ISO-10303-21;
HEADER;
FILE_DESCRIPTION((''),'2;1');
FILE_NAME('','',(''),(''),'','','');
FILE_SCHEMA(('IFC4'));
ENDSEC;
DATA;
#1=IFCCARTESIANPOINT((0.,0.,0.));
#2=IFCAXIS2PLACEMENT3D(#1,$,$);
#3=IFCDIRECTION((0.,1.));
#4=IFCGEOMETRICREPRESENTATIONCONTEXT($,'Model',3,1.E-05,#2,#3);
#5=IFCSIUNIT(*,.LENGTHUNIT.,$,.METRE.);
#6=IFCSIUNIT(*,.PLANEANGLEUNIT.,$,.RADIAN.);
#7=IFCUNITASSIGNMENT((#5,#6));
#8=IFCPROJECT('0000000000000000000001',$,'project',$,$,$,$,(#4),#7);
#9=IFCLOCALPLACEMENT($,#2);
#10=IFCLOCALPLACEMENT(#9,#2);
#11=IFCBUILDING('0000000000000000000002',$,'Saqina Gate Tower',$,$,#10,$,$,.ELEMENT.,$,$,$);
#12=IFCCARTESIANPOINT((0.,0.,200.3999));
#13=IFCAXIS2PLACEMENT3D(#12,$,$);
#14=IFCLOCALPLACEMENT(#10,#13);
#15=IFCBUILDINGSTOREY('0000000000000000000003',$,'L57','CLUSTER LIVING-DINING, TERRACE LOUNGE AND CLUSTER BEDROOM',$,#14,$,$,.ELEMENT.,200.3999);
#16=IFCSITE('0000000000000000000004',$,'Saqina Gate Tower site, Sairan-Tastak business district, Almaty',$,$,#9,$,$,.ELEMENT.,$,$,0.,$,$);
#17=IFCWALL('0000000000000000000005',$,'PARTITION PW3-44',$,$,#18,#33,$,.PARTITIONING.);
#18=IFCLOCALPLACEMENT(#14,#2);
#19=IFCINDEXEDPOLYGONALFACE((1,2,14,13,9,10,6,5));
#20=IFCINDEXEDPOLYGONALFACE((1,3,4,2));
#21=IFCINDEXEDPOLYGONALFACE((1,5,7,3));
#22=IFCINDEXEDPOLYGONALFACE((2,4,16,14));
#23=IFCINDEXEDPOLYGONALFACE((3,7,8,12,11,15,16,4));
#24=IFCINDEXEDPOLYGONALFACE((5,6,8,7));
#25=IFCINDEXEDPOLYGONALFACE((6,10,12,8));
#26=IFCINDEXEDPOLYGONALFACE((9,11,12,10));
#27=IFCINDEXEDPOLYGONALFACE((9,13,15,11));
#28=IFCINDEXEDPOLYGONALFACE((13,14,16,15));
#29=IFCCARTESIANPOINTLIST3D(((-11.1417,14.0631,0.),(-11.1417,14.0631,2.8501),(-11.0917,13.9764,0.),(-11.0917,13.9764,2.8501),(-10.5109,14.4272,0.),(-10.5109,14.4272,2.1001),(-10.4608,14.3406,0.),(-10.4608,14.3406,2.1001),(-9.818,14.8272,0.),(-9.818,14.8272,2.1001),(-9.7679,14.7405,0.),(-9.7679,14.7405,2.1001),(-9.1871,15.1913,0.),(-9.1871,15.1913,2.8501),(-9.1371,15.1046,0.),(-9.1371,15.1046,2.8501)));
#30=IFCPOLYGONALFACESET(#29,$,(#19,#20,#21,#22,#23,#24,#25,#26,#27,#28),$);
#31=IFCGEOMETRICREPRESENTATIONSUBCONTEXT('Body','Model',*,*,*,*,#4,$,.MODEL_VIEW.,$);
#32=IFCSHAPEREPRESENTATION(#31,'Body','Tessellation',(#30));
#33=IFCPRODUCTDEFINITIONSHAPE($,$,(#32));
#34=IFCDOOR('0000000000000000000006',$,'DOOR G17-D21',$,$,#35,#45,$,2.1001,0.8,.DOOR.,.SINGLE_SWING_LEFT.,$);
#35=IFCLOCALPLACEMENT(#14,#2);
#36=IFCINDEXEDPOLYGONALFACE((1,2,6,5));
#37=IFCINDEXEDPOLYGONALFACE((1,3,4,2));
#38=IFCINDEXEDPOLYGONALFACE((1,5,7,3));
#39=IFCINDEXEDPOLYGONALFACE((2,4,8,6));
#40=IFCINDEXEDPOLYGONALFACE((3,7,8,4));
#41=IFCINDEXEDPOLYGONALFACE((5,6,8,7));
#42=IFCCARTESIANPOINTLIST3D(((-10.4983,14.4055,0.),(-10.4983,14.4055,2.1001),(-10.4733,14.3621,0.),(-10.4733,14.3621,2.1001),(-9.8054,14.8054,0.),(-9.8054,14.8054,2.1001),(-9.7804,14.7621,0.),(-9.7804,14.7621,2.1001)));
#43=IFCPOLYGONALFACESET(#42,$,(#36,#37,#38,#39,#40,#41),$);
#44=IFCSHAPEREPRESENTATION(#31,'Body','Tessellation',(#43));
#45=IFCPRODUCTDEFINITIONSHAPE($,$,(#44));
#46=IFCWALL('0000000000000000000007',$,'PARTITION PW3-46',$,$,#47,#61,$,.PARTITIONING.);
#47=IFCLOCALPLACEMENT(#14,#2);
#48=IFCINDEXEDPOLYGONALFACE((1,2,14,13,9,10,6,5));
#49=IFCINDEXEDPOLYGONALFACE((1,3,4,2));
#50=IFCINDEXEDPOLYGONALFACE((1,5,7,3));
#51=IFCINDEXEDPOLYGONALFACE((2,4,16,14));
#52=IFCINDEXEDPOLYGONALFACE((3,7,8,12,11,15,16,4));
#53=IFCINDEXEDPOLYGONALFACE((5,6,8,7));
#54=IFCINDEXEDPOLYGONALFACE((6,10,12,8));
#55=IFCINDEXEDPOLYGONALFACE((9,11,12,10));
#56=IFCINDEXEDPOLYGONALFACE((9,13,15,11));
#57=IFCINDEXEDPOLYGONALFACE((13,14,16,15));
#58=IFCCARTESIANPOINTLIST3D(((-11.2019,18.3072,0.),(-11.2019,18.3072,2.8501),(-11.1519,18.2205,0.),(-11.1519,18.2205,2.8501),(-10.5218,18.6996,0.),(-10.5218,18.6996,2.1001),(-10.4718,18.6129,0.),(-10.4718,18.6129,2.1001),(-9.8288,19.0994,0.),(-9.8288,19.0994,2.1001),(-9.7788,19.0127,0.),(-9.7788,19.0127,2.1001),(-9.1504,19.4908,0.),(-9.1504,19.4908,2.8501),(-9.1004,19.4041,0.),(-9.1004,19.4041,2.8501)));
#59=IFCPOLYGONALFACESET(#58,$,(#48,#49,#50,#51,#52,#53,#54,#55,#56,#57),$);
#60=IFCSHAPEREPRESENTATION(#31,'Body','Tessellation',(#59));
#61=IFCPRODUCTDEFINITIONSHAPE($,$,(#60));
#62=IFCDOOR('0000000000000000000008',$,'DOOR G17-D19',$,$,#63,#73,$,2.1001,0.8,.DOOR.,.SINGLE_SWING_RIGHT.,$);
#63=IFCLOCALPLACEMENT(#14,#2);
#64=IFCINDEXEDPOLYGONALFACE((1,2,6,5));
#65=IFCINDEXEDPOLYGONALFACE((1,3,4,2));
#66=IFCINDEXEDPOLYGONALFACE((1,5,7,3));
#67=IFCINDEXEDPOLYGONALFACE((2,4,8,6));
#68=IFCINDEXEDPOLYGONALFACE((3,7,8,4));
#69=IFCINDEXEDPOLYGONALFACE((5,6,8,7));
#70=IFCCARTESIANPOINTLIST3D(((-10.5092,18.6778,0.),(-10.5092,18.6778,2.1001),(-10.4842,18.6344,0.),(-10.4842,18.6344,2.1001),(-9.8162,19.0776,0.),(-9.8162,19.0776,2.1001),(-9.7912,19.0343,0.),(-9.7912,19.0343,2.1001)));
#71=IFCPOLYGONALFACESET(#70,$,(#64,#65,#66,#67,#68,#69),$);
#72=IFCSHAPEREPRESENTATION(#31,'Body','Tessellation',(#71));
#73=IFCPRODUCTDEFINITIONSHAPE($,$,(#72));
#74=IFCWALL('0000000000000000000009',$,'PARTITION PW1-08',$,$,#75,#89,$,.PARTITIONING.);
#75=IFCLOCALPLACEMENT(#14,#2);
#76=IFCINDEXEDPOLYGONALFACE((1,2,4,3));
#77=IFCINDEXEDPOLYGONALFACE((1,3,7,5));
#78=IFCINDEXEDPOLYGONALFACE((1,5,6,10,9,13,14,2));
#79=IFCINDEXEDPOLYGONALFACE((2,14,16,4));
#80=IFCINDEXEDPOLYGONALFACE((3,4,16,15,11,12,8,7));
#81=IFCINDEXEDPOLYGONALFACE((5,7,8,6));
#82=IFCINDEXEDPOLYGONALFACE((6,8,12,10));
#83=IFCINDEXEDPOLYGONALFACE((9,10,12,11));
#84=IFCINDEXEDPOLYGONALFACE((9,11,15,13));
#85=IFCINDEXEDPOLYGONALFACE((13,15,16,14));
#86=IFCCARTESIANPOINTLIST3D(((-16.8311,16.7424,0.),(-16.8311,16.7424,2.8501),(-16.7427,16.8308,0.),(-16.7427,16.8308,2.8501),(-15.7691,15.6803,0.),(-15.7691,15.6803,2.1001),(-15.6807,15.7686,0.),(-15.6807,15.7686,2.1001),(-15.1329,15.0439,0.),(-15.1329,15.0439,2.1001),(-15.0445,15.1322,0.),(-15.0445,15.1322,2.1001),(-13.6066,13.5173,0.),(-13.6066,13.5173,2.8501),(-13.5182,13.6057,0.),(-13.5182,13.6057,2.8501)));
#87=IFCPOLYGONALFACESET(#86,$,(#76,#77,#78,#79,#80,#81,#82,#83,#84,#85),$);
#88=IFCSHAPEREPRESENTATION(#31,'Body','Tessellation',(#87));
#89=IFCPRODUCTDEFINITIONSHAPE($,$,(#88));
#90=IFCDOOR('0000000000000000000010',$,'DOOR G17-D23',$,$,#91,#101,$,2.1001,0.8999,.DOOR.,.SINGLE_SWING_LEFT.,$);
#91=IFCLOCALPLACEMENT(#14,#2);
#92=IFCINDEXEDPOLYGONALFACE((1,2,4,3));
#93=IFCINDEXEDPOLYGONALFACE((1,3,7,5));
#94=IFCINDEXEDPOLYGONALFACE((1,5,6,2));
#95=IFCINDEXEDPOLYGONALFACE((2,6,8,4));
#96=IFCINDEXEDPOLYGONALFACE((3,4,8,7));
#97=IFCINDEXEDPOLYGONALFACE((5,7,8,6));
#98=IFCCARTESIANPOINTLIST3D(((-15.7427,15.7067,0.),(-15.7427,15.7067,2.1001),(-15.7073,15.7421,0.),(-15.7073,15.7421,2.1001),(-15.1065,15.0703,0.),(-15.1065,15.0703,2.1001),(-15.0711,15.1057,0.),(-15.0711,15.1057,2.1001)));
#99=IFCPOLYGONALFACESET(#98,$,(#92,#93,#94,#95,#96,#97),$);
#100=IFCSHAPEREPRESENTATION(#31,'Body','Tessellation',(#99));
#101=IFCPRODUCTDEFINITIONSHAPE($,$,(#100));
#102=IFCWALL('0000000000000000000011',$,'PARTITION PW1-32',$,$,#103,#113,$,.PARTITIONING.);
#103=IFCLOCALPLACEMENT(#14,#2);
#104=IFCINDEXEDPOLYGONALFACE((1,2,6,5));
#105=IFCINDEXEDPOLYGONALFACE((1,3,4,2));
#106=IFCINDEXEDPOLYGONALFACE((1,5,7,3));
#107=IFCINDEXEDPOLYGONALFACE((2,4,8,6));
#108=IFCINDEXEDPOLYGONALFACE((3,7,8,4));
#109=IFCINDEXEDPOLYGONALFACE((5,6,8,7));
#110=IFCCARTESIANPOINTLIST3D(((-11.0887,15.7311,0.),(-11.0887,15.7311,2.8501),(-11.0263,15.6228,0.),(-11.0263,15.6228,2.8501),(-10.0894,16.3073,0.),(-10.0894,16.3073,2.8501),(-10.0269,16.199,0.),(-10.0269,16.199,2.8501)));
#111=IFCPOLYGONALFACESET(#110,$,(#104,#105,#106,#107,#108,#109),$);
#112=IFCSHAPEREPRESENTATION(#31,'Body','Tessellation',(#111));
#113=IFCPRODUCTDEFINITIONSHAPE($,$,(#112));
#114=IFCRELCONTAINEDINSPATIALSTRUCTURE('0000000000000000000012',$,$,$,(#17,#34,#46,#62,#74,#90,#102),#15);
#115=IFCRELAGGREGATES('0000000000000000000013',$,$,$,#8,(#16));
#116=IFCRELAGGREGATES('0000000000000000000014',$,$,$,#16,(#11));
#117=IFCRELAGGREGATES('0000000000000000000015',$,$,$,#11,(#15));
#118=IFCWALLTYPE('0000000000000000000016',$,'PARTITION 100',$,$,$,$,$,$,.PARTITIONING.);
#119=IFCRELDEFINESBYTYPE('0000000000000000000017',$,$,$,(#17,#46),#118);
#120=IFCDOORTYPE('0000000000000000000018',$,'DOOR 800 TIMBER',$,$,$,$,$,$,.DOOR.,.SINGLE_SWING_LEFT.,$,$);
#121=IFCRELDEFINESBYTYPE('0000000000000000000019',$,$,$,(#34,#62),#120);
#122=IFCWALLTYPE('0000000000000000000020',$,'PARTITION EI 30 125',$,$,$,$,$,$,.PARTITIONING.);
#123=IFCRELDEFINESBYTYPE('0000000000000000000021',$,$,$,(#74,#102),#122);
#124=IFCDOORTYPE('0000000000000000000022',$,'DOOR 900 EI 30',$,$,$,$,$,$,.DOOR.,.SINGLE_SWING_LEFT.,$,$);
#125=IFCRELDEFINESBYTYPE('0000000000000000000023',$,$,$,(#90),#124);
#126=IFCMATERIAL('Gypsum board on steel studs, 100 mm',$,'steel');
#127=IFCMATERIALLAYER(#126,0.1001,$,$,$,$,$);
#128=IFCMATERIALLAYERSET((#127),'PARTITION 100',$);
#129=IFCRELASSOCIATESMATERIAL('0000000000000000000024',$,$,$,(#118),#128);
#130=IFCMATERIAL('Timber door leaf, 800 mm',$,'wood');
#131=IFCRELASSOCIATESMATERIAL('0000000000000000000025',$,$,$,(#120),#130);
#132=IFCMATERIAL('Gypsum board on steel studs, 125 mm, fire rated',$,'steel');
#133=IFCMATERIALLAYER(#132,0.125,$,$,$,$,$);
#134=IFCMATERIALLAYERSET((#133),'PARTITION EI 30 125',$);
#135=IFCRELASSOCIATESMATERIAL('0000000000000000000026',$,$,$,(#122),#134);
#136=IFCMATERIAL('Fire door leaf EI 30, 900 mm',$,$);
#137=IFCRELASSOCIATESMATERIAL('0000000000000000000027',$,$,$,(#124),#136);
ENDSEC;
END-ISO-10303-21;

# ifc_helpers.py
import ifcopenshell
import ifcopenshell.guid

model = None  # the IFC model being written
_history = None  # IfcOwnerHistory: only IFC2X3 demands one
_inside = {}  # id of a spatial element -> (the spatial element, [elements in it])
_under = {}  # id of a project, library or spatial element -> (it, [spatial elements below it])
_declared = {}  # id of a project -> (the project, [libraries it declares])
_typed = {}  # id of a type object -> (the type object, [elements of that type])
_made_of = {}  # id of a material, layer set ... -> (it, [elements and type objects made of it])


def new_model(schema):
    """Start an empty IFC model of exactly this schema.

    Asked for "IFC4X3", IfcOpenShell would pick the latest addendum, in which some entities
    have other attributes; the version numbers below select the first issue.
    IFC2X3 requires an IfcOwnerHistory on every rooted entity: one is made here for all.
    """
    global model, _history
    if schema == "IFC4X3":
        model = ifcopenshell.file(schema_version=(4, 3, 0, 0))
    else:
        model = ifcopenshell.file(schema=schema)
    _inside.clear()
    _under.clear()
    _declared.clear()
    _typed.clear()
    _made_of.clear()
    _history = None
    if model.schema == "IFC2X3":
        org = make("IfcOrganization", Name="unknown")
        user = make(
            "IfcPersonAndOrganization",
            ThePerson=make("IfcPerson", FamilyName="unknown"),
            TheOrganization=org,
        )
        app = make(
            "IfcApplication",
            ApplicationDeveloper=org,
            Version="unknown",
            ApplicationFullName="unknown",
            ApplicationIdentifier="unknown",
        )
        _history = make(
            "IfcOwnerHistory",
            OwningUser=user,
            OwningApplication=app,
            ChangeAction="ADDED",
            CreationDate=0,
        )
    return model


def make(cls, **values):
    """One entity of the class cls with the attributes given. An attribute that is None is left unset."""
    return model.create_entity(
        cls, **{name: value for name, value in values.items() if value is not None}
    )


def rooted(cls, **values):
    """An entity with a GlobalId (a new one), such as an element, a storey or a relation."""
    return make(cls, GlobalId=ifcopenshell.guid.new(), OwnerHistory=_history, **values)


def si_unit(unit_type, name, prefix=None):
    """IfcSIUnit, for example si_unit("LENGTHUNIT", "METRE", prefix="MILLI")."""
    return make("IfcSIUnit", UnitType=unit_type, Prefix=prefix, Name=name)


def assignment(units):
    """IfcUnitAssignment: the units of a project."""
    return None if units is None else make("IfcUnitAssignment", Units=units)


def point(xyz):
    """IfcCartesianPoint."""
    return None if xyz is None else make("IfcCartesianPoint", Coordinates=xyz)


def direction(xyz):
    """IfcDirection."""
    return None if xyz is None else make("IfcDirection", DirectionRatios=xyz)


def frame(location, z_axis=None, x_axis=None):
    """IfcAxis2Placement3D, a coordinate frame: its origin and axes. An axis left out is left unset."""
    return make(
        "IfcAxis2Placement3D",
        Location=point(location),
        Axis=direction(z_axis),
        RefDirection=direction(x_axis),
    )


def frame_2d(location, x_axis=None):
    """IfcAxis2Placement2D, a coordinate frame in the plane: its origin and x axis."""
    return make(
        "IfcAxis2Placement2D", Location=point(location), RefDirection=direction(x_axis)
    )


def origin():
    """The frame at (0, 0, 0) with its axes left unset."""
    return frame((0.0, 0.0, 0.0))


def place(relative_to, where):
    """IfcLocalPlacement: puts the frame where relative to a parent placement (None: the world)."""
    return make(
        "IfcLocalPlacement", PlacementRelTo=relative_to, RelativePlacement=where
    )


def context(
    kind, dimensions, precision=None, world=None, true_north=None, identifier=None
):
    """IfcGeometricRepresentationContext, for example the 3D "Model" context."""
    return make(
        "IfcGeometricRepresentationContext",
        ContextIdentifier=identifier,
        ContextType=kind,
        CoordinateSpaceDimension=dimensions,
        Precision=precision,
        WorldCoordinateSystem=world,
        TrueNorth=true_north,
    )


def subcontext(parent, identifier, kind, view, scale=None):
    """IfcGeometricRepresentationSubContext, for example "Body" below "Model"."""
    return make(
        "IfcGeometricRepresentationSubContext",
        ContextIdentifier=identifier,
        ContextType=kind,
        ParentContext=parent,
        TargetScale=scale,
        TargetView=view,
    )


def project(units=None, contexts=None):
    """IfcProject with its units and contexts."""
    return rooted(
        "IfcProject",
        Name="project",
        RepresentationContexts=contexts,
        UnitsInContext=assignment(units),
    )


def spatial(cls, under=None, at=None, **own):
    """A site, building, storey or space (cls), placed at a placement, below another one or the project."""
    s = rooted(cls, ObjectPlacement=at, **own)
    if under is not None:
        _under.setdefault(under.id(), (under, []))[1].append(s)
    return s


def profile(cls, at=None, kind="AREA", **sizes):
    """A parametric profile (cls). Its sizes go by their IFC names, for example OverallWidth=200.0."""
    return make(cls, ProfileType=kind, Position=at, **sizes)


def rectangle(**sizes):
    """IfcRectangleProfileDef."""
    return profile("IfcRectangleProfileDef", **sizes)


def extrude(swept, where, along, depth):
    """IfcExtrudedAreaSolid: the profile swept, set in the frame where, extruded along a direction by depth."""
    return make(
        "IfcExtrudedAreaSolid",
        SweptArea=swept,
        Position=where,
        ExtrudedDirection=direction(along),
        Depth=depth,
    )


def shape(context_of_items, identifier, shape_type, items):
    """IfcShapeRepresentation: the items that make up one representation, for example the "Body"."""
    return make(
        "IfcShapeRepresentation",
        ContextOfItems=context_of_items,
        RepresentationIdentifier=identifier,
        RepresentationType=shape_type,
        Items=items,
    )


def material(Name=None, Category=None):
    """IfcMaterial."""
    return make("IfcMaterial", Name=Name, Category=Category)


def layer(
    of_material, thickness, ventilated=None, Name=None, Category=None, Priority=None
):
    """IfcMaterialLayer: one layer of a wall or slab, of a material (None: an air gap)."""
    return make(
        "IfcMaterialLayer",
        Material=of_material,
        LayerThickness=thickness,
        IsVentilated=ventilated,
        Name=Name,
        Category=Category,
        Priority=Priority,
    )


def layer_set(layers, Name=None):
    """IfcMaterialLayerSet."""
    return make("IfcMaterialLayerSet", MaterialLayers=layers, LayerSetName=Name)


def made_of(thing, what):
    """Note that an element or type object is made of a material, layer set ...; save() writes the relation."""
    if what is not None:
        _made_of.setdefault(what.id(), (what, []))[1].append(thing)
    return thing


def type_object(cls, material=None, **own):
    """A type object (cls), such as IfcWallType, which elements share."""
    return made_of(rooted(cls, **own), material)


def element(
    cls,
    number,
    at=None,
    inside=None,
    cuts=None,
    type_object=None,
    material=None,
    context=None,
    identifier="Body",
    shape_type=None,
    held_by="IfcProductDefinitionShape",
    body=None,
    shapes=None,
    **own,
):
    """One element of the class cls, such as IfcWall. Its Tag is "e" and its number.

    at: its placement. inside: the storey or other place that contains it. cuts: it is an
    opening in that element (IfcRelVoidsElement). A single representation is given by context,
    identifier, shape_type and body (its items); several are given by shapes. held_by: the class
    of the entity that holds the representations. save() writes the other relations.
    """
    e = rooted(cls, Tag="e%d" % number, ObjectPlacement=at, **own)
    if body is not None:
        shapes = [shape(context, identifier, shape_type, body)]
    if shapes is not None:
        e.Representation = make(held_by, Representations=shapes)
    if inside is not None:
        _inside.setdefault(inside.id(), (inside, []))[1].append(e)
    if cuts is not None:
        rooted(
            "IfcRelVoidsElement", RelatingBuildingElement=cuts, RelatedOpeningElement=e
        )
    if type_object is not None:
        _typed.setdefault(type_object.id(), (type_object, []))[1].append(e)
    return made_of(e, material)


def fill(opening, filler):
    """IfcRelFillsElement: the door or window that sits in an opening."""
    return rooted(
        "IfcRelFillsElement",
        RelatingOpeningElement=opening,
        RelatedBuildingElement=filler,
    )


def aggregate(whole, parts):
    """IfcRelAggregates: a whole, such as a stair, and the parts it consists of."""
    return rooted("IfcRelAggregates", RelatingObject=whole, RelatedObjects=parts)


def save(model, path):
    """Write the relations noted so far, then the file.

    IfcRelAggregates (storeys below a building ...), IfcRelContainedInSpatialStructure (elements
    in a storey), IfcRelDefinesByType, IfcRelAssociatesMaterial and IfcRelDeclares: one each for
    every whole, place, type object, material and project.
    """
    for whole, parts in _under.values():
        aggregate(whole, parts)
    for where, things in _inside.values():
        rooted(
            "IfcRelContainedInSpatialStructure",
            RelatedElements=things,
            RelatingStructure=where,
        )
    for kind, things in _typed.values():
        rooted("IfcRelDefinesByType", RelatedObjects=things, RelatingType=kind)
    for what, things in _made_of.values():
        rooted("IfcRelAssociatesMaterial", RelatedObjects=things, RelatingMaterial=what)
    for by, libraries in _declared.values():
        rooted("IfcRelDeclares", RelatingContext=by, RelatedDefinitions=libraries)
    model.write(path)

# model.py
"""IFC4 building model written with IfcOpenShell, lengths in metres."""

from ifc_helpers import new_model, si_unit, direction, frame, frame_2d, origin, place, context, subcontext, project, spatial, rectangle, extrude, material, layer, layer_set, type_object, element, fill, save


model = new_model("IFC4")

# Units and contexts
model_context = context("Model", 3, precision=1e-05, world=origin(), true_north=direction((0.0, 1.0)))
body_context = subcontext(model_context, "Body", "Model", "MODEL_VIEW")
ifc_project = project(units=[si_unit("LENGTHUNIT", "METRE"), si_unit("PLANEANGLEUNIT", "RADIAN")], contexts=[model_context])

# Site, building, storey
site_placement = place(None, origin())
site = spatial("IfcSite", under=ifc_project, at=site_placement, Name="Saqina Gate Tower site, Sairan-Tastak business district, Almaty", CompositionType="ELEMENT", RefElevation=0.0)
building_placement = place(site_placement, origin())
building = spatial("IfcBuilding", under=site, at=building_placement, Name="Saqina Gate Tower", CompositionType="ELEMENT")
storey_placement = place(building_placement, frame((0.0, 0.0, 200.3999)))
storey = spatial("IfcBuildingStorey", under=building, at=storey_placement, Name="L57", Description="CLUSTER LIVING-DINING, TERRACE LOUNGE AND CLUSTER BEDROOM", CompositionType="ELEMENT", Elevation=200.3999)

# Shared definitions
ifc_material_1 = material(Name="Gypsum board on steel studs, 100 mm", Category="steel")
ifc_layer_1 = layer(ifc_material_1, 0.1001)
ifc_layer_set_1 = layer_set([ifc_layer_1], Name="PARTITION 100")
wall_type_1 = type_object("IfcWallType", Name="PARTITION 100", PredefinedType="PARTITIONING", material=ifc_layer_set_1)

# Walls, openings, doors
wall_1_placement = place(storey_placement, frame((-11.1167, 14.0198, 0.0), z_axis=(0.0, 0.0, 1.0), x_axis=(0.866085, 0.499897, 0.0)))
wall_1 = element("IfcWall", 1, at=wall_1_placement, inside=storey, type_object=wall_type_1, Name="PARTITION PW3-44", PredefinedType="PARTITIONING", context=body_context, shape_type="SweptSolid", body=[
    extrude(rectangle(XDim=2.2568, YDim=0.1001, at=frame_2d((1.1284, 0.0))), origin(), (0.0, 0.0, 1.0), 2.8501),
])
opening_1_placement = place(wall_1_placement, frame((0.7285, 0.0, 0.0)))
opening_1 = element("IfcOpeningElement", 2, at=opening_1_placement, cuts=wall_1, PredefinedType="OPENING", context=body_context, shape_type="SweptSolid", body=[
    extrude(rectangle(XDim=0.8, YDim=2.1001, at=frame_2d((0.3999, 1.05))), frame((0.0, 0.062, 0.0), z_axis=(0.0, -1.0, 0.0), x_axis=(1.0, 0.0, 0.0)), (0.0, 0.0, 1.0), 0.124),
])
ifc_material_2 = material(Name="Timber door leaf, 800 mm", Category="wood")
door_type_1 = type_object("IfcDoorType", Name="DOOR 800 TIMBER", OperationType="SINGLE_SWING_LEFT", PredefinedType="DOOR", material=ifc_material_2)
door_1_placement = place(opening_1_placement, origin())
door_1 = element("IfcDoor", 3, at=door_1_placement, inside=storey, type_object=door_type_1, Name="DOOR G17-D21", OperationType="SINGLE_SWING_LEFT", OverallHeight=2.1001, OverallWidth=0.8, PredefinedType="DOOR", context=body_context, shape_type="SweptSolid", body=[
    extrude(rectangle(XDim=0.8, YDim=2.1001, at=frame_2d((0.3999, 1.05))), frame((0.0, 0.0249, 0.0), z_axis=(0.0, -1.0, 0.0), x_axis=(1.0, 0.0, 0.0)), (0.0, 0.0, 1.0), 0.05),
])
fill(opening_1, door_1)
wall_2_placement = place(storey_placement, frame((-11.1768, 18.2639, 0.0), z_axis=(0.0, 0.0, 1.0), x_axis=(0.86618, 0.499731, 0.0)))
wall_2 = element("IfcWall", 4, at=wall_2_placement, inside=storey, type_object=wall_type_1, Name="PARTITION PW3-46", PredefinedType="PARTITIONING", context=body_context, shape_type="SweptSolid", body=[
    extrude(rectangle(XDim=2.3684, YDim=0.1001, at=frame_2d((1.1841, 0.0))), origin(), (0.0, 0.0, 1.0), 2.8501),
])
opening_2_placement = place(wall_2_placement, frame((0.7852, 0.0, 0.0)))
opening_2 = element("IfcOpeningElement", 5, at=opening_2_placement, cuts=wall_2, PredefinedType="OPENING", context=body_context, shape_type="SweptSolid", body=[
    extrude(rectangle(XDim=0.8, YDim=2.1001, at=frame_2d((0.3999, 1.05))), frame((0.0, 0.062, 0.0), z_axis=(0.0, -1.0, 0.0), x_axis=(1.0, 0.0, 0.0)), (0.0, 0.0, 1.0), 0.124),
])
door_2_placement = place(opening_2_placement, origin())
door_2 = element("IfcDoor", 6, at=door_2_placement, inside=storey, type_object=door_type_1, Name="DOOR G17-D19", OperationType="SINGLE_SWING_RIGHT", OverallHeight=2.1001, OverallWidth=0.8, PredefinedType="DOOR", context=body_context, shape_type="SweptSolid", body=[
    extrude(rectangle(XDim=0.8, YDim=2.1001, at=frame_2d((0.3999, 1.05))), frame((0.0, 0.0249, 0.0), z_axis=(0.0, -1.0, 0.0), x_axis=(1.0, 0.0, 0.0)), (0.0, 0.0, 1.0), 0.05),
])
fill(opening_2, door_2)
ifc_material_3 = material(Name="Gypsum board on steel studs, 125 mm, fire rated", Category="steel")
ifc_layer_2 = layer(ifc_material_3, 0.125)
ifc_layer_set_2 = layer_set([ifc_layer_2], Name="PARTITION EI 30 125")
wall_type_2 = type_object("IfcWallType", Name="PARTITION EI 30 125", PredefinedType="PARTITIONING", material=ifc_layer_set_2)
wall_3_placement = place(storey_placement, frame((-16.7869, 16.7866, 0.0), z_axis=(0.0, 0.0, 1.0), x_axis=(0.707026, -0.707187, 0.0)))
wall_3 = element("IfcWall", 7, at=wall_3_placement, inside=storey, type_object=wall_type_2, Name="PARTITION PW1-08", PredefinedType="PARTITIONING", context=body_context, shape_type="SweptSolid", body=[
    extrude(rectangle(XDim=4.5605, YDim=0.125, at=frame_2d((2.2803, 0.0))), origin(), (0.0, 0.0, 1.0), 2.8501),
])
opening_3_placement = place(wall_3_placement, frame((1.502, 0.0, 0.0)))
opening_3 = element("IfcOpeningElement", 8, at=opening_3_placement, cuts=wall_3, PredefinedType="OPENING", context=body_context, shape_type="SweptSolid", body=[
    extrude(rectangle(XDim=0.8999, YDim=2.1001, at=frame_2d((0.45, 1.05))), frame((0.0, 0.0745, 0.0), z_axis=(0.0, -1.0, 0.0), x_axis=(1.0, 0.0, 0.0)), (0.0, 0.0, 1.0), 0.1489),
])
ifc_material_4 = material(Name="Fire door leaf EI 30, 900 mm")
door_type_2 = type_object("IfcDoorType", Name="DOOR 900 EI 30", OperationType="SINGLE_SWING_LEFT", PredefinedType="DOOR", material=ifc_material_4)
door_3_placement = place(opening_3_placement, origin())
door_3 = element("IfcDoor", 9, at=door_3_placement, inside=storey, type_object=door_type_2, Name="DOOR G17-D23", OperationType="SINGLE_SWING_LEFT", OverallHeight=2.1001, OverallWidth=0.8999, PredefinedType="DOOR", context=body_context, shape_type="SweptSolid", body=[
    extrude(rectangle(XDim=0.8999, YDim=2.1001, at=frame_2d((0.45, 1.05))), frame((0.0, 0.0249, 0.0), z_axis=(0.0, -1.0, 0.0), x_axis=(1.0, 0.0, 0.0)), (0.0, 0.0, 1.0), 0.05),
])
fill(opening_3, door_3)

# Wall
wall_4_placement = place(storey_placement, frame((-11.0574, 15.677, 0.0), z_axis=(0.0, 0.0, 1.0), x_axis=(0.866309, 0.499509, 0.0)))
element("IfcWall", 10, at=wall_4_placement, inside=storey, type_object=wall_type_2, Name="PARTITION PW1-32", PredefinedType="PARTITIONING", context=body_context, shape_type="SweptSolid", body=[
    extrude(rectangle(XDim=1.1536, YDim=0.125, at=frame_2d((0.5767, 0.0))), origin(), (0.0, 0.0, 1.0), 2.8501),
])

save(model, "model.ifc")
